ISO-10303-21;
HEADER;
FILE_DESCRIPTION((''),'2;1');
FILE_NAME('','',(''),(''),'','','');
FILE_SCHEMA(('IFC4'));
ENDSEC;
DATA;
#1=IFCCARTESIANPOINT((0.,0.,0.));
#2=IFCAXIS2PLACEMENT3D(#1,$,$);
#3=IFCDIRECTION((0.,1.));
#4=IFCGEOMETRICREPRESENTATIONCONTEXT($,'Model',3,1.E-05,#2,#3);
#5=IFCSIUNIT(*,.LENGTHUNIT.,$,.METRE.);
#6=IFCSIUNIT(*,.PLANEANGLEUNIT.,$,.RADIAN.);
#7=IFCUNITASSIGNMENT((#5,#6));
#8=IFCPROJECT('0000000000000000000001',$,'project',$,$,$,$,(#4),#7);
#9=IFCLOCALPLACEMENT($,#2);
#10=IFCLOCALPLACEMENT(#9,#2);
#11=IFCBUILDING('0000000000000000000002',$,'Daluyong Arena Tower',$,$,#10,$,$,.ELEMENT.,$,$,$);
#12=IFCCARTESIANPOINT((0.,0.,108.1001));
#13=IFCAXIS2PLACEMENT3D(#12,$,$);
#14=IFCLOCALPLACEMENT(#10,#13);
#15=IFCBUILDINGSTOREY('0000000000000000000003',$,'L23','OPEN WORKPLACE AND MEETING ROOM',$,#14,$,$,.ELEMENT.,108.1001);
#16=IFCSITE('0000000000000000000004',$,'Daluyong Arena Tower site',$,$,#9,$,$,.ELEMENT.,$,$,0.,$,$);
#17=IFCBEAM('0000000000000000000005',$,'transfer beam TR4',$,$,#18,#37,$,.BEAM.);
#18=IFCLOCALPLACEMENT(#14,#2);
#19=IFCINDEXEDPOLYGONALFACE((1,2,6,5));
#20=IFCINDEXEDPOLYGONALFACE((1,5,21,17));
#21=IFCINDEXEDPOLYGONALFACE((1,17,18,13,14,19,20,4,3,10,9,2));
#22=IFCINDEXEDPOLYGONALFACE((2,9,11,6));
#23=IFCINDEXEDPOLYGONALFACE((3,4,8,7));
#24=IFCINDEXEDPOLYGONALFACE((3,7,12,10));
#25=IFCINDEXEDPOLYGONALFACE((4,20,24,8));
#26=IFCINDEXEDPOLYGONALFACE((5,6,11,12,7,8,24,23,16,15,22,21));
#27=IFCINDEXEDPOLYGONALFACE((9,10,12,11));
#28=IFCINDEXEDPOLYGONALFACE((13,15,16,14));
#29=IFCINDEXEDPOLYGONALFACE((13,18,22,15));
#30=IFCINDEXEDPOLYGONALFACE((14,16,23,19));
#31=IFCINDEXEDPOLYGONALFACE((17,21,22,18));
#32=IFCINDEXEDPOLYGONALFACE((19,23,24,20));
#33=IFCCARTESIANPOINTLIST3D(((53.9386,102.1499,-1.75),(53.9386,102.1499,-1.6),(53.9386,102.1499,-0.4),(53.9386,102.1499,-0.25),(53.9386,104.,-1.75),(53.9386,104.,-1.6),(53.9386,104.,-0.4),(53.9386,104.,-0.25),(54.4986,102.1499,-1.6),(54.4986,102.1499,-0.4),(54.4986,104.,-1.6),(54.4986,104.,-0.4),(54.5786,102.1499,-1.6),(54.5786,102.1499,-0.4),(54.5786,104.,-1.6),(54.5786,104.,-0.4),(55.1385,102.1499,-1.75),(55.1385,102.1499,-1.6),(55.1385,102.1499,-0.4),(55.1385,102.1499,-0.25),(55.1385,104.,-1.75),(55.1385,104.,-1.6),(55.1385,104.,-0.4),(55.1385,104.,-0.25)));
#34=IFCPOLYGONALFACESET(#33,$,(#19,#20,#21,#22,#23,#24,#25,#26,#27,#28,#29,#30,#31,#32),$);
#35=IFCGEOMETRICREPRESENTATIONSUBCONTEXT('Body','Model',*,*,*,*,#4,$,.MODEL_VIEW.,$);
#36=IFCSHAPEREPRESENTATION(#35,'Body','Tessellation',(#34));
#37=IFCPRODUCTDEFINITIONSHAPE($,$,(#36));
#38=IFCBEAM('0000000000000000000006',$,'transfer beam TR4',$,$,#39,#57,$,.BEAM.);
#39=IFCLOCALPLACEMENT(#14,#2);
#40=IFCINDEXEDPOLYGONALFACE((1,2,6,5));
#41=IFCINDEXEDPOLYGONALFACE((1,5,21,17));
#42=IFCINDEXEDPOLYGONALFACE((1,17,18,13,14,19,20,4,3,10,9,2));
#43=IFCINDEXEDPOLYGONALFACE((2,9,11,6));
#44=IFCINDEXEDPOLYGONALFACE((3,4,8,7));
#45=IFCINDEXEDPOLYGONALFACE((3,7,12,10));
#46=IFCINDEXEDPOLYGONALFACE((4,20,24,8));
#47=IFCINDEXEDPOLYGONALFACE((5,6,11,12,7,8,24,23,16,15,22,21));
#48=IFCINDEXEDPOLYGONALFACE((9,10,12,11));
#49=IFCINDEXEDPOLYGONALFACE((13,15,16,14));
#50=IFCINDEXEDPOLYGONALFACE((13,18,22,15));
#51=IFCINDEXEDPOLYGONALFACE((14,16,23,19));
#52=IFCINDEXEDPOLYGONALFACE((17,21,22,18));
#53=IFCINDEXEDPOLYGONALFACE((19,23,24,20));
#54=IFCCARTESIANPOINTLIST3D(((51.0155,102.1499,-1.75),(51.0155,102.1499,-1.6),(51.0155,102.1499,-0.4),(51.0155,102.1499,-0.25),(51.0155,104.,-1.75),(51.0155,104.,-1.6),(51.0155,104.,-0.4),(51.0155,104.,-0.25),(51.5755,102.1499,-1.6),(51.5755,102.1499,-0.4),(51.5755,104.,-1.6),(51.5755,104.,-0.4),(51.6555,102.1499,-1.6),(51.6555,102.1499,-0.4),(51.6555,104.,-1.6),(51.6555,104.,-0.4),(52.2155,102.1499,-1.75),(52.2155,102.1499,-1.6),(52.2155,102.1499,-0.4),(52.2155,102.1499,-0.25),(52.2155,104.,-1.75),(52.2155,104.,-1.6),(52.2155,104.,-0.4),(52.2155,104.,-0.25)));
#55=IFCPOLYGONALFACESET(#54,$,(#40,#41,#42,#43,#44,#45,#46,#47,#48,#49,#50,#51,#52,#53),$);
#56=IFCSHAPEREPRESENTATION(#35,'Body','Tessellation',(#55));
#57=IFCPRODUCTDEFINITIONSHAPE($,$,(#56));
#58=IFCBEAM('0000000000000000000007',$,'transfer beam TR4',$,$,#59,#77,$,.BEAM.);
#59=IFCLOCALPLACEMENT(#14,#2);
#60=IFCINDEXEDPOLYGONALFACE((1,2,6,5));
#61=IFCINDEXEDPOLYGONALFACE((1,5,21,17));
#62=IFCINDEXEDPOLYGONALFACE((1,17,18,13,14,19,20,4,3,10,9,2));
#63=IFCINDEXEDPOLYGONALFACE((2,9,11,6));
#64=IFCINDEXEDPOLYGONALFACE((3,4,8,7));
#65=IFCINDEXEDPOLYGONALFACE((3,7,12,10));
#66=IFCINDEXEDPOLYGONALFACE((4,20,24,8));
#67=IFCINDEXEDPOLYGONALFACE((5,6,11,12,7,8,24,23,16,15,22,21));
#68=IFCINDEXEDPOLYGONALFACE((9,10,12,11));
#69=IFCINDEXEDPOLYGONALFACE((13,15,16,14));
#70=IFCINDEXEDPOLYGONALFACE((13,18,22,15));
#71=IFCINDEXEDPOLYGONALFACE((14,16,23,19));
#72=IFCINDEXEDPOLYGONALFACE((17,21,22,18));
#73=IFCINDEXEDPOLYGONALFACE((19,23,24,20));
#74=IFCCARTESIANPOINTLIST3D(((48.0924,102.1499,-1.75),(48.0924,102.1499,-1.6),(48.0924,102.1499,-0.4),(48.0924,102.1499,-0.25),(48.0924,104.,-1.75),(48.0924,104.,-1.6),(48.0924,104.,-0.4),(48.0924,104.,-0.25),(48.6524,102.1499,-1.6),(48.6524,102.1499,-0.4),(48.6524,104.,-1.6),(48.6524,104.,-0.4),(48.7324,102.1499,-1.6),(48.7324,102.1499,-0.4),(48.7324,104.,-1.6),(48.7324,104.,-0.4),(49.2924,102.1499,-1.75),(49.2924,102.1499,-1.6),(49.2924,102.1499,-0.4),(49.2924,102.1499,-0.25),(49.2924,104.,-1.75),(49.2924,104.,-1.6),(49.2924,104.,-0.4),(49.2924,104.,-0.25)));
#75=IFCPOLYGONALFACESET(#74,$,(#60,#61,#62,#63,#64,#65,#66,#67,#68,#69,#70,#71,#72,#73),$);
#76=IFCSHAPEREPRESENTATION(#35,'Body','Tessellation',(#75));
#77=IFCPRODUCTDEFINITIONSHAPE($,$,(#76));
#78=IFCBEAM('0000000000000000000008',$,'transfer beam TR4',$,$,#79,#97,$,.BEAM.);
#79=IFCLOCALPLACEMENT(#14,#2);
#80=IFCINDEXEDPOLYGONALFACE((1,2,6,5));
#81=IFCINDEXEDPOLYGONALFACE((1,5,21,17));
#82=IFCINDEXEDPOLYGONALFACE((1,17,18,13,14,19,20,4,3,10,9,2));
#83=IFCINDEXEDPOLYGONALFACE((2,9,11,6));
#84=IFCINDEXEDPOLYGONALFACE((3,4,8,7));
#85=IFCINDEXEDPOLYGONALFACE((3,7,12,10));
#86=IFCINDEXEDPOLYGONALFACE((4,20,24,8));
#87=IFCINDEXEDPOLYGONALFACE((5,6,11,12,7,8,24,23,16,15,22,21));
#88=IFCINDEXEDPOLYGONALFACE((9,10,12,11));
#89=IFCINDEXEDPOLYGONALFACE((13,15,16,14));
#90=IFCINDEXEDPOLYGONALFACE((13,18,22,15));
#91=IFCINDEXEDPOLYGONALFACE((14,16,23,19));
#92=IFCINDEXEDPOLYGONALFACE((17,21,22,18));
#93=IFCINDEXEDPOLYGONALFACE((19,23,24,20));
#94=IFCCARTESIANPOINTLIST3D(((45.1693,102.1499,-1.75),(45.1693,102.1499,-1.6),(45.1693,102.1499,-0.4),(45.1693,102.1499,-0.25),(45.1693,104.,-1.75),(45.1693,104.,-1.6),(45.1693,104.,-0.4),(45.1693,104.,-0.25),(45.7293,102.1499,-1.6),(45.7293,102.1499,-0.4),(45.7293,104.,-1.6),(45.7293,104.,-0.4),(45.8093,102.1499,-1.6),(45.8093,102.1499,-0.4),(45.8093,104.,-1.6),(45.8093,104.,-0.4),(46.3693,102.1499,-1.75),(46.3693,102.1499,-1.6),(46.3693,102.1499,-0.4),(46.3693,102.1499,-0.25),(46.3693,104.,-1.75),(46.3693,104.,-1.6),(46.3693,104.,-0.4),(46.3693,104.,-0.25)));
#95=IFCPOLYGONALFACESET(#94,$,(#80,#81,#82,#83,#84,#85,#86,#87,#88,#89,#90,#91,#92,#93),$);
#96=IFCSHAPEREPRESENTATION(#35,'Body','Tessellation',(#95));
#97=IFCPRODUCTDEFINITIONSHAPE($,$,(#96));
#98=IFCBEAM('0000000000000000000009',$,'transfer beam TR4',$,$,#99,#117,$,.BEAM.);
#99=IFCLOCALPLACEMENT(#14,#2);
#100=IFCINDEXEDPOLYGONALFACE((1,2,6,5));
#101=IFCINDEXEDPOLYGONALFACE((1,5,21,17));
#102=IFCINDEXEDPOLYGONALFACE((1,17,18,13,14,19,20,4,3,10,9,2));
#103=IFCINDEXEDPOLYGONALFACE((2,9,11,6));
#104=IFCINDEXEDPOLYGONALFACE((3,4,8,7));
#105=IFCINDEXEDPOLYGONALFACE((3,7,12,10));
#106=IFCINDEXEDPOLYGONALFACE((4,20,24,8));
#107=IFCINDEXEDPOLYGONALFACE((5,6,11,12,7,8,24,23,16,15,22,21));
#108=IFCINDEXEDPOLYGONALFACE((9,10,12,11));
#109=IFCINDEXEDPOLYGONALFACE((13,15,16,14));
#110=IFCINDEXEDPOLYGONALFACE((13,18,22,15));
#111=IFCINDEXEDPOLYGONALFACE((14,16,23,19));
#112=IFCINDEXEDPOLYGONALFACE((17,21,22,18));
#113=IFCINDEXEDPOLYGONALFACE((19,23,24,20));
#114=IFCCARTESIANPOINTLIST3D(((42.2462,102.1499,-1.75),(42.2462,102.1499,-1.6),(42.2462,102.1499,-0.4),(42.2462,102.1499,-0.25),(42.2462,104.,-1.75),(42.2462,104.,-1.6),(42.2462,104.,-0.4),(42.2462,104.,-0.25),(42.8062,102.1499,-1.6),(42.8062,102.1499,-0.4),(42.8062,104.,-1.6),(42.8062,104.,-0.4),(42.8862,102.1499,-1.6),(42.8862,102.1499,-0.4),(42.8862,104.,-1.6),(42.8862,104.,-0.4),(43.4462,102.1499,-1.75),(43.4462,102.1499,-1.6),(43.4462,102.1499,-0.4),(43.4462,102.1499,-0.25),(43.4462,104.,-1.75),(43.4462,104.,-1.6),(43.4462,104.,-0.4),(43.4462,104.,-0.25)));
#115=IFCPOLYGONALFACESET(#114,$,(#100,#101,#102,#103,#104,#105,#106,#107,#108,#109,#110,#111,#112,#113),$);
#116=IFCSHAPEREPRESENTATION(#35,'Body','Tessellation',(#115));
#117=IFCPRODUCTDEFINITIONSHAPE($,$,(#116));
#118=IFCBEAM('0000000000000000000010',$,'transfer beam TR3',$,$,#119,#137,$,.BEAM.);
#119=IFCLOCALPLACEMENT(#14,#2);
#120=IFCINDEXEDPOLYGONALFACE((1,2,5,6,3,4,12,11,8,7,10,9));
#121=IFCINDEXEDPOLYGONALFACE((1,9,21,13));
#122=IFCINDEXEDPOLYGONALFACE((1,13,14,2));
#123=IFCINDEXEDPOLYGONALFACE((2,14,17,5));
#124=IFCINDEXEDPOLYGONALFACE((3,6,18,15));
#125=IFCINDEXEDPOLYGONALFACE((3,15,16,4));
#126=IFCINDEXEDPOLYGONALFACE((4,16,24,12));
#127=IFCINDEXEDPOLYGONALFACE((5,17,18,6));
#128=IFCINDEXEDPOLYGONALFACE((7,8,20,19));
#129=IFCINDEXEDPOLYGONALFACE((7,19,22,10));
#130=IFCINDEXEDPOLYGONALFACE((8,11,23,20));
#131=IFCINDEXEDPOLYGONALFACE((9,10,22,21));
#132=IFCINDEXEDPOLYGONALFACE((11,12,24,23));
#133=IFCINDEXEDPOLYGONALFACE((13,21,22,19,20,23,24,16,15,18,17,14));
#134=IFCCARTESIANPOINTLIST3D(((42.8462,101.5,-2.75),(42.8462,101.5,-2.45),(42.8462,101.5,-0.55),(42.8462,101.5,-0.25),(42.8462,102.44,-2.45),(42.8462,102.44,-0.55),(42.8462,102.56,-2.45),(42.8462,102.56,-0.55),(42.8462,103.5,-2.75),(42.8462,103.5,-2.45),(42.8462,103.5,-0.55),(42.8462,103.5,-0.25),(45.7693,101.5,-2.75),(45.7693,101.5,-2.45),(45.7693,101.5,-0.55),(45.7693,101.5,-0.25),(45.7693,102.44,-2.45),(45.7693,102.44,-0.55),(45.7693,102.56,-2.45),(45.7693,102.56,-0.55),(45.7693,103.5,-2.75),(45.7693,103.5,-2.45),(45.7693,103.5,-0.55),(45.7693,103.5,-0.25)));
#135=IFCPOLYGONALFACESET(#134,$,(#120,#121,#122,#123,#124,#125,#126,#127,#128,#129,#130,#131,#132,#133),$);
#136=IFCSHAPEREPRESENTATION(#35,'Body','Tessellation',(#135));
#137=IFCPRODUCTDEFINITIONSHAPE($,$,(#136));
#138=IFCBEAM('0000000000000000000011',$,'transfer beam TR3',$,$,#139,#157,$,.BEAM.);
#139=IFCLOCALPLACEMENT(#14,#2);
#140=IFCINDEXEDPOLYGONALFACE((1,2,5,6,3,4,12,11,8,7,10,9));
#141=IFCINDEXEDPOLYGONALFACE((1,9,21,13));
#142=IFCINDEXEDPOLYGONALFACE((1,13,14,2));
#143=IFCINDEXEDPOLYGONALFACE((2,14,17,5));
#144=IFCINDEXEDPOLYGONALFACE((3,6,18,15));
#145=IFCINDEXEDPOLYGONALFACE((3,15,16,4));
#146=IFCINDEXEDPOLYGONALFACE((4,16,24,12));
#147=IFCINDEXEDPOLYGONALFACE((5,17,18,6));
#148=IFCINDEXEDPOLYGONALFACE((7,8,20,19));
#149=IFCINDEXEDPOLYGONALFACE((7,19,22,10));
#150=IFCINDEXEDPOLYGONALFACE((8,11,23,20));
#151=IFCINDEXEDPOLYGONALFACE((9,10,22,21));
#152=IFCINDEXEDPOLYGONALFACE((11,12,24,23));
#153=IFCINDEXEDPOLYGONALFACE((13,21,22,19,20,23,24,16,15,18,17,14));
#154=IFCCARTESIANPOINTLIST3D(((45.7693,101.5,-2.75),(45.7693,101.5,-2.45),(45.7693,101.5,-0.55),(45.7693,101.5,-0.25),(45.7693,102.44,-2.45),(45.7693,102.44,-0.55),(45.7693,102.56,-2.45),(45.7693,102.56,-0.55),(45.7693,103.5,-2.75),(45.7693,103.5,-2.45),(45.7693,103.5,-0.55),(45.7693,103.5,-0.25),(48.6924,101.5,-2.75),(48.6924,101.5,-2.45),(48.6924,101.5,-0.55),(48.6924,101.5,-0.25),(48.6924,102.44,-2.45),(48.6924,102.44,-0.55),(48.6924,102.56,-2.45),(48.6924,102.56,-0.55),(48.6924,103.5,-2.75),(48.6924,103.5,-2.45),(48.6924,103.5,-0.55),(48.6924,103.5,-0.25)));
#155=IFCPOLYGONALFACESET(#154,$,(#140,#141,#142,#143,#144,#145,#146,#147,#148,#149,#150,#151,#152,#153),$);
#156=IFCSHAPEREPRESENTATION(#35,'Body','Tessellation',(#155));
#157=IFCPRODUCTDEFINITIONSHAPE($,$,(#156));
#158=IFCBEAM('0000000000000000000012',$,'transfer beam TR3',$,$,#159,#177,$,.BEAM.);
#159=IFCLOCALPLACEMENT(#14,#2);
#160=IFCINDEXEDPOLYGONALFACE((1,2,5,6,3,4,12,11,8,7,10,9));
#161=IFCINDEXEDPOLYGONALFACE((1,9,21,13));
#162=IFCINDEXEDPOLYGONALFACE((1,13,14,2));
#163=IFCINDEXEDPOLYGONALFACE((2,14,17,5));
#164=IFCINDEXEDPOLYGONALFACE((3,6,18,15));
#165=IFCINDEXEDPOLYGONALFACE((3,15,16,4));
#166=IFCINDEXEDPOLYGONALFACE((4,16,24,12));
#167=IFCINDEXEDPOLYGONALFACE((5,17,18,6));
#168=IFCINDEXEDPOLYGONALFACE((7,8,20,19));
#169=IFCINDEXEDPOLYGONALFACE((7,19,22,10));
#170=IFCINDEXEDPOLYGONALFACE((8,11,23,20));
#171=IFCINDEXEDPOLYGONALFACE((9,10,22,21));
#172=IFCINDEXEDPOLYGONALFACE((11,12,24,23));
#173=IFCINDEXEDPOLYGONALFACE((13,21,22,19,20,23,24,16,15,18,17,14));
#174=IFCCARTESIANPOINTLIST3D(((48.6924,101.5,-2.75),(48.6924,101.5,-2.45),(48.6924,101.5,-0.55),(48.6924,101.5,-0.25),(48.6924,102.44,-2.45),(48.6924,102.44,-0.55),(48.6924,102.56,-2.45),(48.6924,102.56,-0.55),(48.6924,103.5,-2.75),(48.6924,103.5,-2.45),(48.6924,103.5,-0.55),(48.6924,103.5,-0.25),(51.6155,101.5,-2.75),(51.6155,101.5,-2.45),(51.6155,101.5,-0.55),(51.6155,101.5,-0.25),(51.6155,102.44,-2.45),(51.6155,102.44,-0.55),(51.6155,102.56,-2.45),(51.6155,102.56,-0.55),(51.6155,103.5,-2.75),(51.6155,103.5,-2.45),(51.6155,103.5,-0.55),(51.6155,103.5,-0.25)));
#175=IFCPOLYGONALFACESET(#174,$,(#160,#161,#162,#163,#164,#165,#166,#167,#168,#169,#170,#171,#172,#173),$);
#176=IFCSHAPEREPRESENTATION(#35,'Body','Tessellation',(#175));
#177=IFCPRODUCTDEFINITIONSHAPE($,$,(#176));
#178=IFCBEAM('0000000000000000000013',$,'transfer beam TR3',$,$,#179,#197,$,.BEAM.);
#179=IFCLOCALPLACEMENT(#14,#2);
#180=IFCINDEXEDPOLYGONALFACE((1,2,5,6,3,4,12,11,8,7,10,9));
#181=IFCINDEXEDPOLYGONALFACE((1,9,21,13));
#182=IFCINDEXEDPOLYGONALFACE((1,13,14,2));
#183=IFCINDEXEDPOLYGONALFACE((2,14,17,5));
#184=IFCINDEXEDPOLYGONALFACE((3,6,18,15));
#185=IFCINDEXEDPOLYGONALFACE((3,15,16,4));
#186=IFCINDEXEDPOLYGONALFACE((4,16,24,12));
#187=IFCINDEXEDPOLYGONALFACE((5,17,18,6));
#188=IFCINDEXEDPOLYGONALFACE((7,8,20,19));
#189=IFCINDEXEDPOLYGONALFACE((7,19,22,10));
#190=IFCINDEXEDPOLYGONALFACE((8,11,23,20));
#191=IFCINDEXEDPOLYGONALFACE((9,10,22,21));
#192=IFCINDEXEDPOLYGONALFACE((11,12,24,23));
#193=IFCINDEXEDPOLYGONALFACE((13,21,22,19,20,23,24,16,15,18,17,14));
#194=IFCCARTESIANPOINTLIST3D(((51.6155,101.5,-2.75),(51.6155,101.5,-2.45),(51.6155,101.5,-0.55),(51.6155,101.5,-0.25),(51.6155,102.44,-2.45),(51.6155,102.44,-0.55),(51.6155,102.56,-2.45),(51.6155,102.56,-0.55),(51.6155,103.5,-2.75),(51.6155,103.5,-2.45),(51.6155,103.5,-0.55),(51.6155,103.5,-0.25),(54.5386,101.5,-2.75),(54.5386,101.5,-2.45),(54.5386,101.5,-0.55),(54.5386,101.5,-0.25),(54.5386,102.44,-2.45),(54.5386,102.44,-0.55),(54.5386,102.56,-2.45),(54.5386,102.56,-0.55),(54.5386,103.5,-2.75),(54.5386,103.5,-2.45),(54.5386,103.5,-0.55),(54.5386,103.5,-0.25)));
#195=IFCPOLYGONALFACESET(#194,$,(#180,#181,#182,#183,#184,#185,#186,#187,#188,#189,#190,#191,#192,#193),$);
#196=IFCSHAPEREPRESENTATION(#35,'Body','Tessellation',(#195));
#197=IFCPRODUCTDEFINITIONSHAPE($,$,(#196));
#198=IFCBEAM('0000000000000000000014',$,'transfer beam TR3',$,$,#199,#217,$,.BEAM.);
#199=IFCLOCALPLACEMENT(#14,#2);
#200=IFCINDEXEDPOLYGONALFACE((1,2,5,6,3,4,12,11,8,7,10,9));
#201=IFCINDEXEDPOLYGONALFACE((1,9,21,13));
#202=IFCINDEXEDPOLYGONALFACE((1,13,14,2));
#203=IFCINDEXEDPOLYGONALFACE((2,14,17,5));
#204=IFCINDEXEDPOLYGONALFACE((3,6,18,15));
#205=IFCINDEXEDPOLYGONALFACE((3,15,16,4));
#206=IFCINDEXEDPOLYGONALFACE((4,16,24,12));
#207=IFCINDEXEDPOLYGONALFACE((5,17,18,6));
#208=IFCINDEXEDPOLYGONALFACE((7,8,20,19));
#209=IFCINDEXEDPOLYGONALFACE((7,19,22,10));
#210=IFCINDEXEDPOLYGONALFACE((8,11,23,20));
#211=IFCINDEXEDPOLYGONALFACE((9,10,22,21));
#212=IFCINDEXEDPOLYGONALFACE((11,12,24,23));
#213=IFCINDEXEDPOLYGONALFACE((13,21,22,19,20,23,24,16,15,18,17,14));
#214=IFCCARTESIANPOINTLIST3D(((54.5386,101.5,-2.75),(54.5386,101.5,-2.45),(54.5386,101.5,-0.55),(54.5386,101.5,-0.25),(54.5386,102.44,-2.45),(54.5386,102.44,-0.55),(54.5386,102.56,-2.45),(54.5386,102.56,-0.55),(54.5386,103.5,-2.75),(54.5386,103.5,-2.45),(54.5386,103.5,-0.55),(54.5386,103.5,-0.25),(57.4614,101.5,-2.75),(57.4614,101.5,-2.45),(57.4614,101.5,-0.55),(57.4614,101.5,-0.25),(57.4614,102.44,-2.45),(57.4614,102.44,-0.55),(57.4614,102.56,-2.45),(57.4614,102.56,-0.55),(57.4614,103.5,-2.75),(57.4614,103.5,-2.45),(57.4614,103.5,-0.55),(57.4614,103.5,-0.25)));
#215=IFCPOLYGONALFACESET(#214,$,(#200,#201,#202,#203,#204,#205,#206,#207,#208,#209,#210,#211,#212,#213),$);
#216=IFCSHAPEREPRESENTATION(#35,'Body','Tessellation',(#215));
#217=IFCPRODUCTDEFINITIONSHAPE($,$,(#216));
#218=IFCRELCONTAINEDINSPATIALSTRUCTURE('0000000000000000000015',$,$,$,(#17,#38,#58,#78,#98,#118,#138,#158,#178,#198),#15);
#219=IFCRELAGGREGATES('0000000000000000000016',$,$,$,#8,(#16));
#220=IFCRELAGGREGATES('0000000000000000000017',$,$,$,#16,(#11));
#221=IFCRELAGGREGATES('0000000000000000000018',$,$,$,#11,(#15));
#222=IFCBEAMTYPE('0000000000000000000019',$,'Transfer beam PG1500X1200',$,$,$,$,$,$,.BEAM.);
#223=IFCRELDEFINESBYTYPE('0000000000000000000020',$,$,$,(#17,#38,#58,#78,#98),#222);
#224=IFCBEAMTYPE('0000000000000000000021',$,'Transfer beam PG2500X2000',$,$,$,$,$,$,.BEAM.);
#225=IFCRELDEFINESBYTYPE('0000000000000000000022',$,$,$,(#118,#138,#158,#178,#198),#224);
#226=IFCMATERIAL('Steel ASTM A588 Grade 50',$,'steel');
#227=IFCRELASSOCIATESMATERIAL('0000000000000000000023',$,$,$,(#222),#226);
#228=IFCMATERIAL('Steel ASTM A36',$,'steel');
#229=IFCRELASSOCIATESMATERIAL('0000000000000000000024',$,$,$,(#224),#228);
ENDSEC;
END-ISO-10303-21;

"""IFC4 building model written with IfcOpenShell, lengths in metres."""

from ifc_helpers import new_model, si_unit, direction, frame, origin, origin_2d, place, context, subcontext, project, spatial, i_section, extrude, material, material_profile, profile_set, type_object, element, save


model = new_model("IFC4")

# Units and contexts
model_context = context("Model", 3, precision=1e-05, world=origin(), true_north=direction((0.0, 1.0)))
body_context = subcontext(model_context, "Body", "Model", "MODEL_VIEW")
ifc_project = project(units=[si_unit("LENGTHUNIT", "METRE"), si_unit("PLANEANGLEUNIT", "RADIAN")], contexts=[model_context])

# Site, building, storey
site_placement = place(None, origin())
site = spatial("IfcSite", under=ifc_project, at=site_placement, Name="Daluyong Arena Tower site", CompositionType="ELEMENT", RefElevation=0.0)
building_placement = place(site_placement, origin())
building = spatial("IfcBuilding", under=site, at=building_placement, Name="Daluyong Arena Tower", CompositionType="ELEMENT")
storey_placement = place(building_placement, frame((0.0, 0.0, 108.1001)))
storey = spatial("IfcBuildingStorey", under=building, at=storey_placement, Name="L23", Description="OPEN WORKPLACE AND MEETING ROOM", CompositionType="ELEMENT", Elevation=108.1001)

# Beams
ifc_material_1 = material(Name="Steel ASTM A588 Grade 50", Category="steel")
ifc_material_profile_1 = material_profile(ifc_material_1, i_section(OverallWidth=1.2, OverallDepth=1.5, WebThickness=0.08, FlangeThickness=0.15, at=origin_2d()))
ifc_profile_set_1 = profile_set([ifc_material_profile_1], Name="Steel ASTM A588 Grade 50")
beam_type_1 = type_object("IfcBeamType", Name="Transfer beam PG1500X1200", PredefinedType="BEAM", material=ifc_profile_set_1)
for number, where, z_axis, x_axis, name in (
    (1, (54.5386, 104.0, -1.0), (0.0, -1.0, 0.0), (1.0, 0.0, 0.0), "transfer beam TR4"),
    (2, (51.6155, 104.0, -1.0), (0.0, -1.0, 0.0), (1.0, 0.0, 0.0), "transfer beam TR4"),
    (3, (48.6924, 104.0, -1.0), (0.0, -1.0, 0.0), (1.0, 0.0, 0.0), "transfer beam TR4"),
    (4, (45.7693, 104.0, -1.0), (0.0, -1.0, 0.0), (1.0, 0.0, 0.0), "transfer beam TR4"),
    (5, (42.8462, 104.0, -1.0), (0.0, -1.0, 0.0), (1.0, 0.0, 0.0), "transfer beam TR4"),
):
    element("IfcBeam", number, at=place(storey_placement, frame(where, z_axis=z_axis, x_axis=x_axis)), inside=storey, type_object=beam_type_1, Name=name, PredefinedType="BEAM", context=body_context, shape_type="SweptSolid", body=[
        extrude(i_section(OverallWidth=1.2, OverallDepth=1.5, WebThickness=0.08, FlangeThickness=0.15, at=origin_2d()), origin(), (0.0, 0.0, 1.0), 1.8501),
    ])
ifc_material_2 = material(Name="Steel ASTM A36", Category="steel")
ifc_material_profile_2 = material_profile(ifc_material_2, i_section(OverallWidth=2.0, OverallDepth=2.5, WebThickness=0.12, FlangeThickness=0.3, at=origin_2d()))
ifc_profile_set_2 = profile_set([ifc_material_profile_2], Name="Steel ASTM A36")
beam_type_2 = type_object("IfcBeamType", Name="Transfer beam PG2500X2000", PredefinedType="BEAM", material=ifc_profile_set_2)
for number, where, z_axis, x_axis, name in (
    (6, (42.8462, 102.5, -1.5), (1.0, 0.0, 0.0), (0.0, 1.0, 0.0), "transfer beam TR3"),
    (7, (45.7693, 102.5, -1.5), (1.0, 0.0, 0.0), (0.0, 1.0, 0.0), "transfer beam TR3"),
    (8, (48.6924, 102.5, -1.5), (1.0, 0.0, 0.0), (0.0, 1.0, 0.0), "transfer beam TR3"),
    (9, (51.6155, 102.5, -1.5), (1.0, 0.0, 0.0), (0.0, 1.0, 0.0), "transfer beam TR3"),
):
    element("IfcBeam", number, at=place(storey_placement, frame(where, z_axis=z_axis, x_axis=x_axis)), inside=storey, type_object=beam_type_2, Name=name, PredefinedType="BEAM", context=body_context, shape_type="SweptSolid", body=[
        extrude(i_section(OverallWidth=2.0, OverallDepth=2.5, WebThickness=0.12, FlangeThickness=0.3, at=origin_2d()), origin(), (0.0, 0.0, 1.0), 2.9231),
    ])
beam_1_placement = place(storey_placement, frame((54.5386, 102.5, -1.5), z_axis=(1.0, 0.0, 0.0), x_axis=(0.0, 1.0, 0.0)))
element("IfcBeam", 10, at=beam_1_placement, inside=storey, type_object=beam_type_2, Name="transfer beam TR3", PredefinedType="BEAM", context=body_context, shape_type="SweptSolid", body=[
    extrude(i_section(OverallWidth=2.0, OverallDepth=2.5, WebThickness=0.12, FlangeThickness=0.3, at=origin_2d()), origin(), (0.0, 0.0, 1.0), 2.9229),
])

save(model, "model.ifc")
